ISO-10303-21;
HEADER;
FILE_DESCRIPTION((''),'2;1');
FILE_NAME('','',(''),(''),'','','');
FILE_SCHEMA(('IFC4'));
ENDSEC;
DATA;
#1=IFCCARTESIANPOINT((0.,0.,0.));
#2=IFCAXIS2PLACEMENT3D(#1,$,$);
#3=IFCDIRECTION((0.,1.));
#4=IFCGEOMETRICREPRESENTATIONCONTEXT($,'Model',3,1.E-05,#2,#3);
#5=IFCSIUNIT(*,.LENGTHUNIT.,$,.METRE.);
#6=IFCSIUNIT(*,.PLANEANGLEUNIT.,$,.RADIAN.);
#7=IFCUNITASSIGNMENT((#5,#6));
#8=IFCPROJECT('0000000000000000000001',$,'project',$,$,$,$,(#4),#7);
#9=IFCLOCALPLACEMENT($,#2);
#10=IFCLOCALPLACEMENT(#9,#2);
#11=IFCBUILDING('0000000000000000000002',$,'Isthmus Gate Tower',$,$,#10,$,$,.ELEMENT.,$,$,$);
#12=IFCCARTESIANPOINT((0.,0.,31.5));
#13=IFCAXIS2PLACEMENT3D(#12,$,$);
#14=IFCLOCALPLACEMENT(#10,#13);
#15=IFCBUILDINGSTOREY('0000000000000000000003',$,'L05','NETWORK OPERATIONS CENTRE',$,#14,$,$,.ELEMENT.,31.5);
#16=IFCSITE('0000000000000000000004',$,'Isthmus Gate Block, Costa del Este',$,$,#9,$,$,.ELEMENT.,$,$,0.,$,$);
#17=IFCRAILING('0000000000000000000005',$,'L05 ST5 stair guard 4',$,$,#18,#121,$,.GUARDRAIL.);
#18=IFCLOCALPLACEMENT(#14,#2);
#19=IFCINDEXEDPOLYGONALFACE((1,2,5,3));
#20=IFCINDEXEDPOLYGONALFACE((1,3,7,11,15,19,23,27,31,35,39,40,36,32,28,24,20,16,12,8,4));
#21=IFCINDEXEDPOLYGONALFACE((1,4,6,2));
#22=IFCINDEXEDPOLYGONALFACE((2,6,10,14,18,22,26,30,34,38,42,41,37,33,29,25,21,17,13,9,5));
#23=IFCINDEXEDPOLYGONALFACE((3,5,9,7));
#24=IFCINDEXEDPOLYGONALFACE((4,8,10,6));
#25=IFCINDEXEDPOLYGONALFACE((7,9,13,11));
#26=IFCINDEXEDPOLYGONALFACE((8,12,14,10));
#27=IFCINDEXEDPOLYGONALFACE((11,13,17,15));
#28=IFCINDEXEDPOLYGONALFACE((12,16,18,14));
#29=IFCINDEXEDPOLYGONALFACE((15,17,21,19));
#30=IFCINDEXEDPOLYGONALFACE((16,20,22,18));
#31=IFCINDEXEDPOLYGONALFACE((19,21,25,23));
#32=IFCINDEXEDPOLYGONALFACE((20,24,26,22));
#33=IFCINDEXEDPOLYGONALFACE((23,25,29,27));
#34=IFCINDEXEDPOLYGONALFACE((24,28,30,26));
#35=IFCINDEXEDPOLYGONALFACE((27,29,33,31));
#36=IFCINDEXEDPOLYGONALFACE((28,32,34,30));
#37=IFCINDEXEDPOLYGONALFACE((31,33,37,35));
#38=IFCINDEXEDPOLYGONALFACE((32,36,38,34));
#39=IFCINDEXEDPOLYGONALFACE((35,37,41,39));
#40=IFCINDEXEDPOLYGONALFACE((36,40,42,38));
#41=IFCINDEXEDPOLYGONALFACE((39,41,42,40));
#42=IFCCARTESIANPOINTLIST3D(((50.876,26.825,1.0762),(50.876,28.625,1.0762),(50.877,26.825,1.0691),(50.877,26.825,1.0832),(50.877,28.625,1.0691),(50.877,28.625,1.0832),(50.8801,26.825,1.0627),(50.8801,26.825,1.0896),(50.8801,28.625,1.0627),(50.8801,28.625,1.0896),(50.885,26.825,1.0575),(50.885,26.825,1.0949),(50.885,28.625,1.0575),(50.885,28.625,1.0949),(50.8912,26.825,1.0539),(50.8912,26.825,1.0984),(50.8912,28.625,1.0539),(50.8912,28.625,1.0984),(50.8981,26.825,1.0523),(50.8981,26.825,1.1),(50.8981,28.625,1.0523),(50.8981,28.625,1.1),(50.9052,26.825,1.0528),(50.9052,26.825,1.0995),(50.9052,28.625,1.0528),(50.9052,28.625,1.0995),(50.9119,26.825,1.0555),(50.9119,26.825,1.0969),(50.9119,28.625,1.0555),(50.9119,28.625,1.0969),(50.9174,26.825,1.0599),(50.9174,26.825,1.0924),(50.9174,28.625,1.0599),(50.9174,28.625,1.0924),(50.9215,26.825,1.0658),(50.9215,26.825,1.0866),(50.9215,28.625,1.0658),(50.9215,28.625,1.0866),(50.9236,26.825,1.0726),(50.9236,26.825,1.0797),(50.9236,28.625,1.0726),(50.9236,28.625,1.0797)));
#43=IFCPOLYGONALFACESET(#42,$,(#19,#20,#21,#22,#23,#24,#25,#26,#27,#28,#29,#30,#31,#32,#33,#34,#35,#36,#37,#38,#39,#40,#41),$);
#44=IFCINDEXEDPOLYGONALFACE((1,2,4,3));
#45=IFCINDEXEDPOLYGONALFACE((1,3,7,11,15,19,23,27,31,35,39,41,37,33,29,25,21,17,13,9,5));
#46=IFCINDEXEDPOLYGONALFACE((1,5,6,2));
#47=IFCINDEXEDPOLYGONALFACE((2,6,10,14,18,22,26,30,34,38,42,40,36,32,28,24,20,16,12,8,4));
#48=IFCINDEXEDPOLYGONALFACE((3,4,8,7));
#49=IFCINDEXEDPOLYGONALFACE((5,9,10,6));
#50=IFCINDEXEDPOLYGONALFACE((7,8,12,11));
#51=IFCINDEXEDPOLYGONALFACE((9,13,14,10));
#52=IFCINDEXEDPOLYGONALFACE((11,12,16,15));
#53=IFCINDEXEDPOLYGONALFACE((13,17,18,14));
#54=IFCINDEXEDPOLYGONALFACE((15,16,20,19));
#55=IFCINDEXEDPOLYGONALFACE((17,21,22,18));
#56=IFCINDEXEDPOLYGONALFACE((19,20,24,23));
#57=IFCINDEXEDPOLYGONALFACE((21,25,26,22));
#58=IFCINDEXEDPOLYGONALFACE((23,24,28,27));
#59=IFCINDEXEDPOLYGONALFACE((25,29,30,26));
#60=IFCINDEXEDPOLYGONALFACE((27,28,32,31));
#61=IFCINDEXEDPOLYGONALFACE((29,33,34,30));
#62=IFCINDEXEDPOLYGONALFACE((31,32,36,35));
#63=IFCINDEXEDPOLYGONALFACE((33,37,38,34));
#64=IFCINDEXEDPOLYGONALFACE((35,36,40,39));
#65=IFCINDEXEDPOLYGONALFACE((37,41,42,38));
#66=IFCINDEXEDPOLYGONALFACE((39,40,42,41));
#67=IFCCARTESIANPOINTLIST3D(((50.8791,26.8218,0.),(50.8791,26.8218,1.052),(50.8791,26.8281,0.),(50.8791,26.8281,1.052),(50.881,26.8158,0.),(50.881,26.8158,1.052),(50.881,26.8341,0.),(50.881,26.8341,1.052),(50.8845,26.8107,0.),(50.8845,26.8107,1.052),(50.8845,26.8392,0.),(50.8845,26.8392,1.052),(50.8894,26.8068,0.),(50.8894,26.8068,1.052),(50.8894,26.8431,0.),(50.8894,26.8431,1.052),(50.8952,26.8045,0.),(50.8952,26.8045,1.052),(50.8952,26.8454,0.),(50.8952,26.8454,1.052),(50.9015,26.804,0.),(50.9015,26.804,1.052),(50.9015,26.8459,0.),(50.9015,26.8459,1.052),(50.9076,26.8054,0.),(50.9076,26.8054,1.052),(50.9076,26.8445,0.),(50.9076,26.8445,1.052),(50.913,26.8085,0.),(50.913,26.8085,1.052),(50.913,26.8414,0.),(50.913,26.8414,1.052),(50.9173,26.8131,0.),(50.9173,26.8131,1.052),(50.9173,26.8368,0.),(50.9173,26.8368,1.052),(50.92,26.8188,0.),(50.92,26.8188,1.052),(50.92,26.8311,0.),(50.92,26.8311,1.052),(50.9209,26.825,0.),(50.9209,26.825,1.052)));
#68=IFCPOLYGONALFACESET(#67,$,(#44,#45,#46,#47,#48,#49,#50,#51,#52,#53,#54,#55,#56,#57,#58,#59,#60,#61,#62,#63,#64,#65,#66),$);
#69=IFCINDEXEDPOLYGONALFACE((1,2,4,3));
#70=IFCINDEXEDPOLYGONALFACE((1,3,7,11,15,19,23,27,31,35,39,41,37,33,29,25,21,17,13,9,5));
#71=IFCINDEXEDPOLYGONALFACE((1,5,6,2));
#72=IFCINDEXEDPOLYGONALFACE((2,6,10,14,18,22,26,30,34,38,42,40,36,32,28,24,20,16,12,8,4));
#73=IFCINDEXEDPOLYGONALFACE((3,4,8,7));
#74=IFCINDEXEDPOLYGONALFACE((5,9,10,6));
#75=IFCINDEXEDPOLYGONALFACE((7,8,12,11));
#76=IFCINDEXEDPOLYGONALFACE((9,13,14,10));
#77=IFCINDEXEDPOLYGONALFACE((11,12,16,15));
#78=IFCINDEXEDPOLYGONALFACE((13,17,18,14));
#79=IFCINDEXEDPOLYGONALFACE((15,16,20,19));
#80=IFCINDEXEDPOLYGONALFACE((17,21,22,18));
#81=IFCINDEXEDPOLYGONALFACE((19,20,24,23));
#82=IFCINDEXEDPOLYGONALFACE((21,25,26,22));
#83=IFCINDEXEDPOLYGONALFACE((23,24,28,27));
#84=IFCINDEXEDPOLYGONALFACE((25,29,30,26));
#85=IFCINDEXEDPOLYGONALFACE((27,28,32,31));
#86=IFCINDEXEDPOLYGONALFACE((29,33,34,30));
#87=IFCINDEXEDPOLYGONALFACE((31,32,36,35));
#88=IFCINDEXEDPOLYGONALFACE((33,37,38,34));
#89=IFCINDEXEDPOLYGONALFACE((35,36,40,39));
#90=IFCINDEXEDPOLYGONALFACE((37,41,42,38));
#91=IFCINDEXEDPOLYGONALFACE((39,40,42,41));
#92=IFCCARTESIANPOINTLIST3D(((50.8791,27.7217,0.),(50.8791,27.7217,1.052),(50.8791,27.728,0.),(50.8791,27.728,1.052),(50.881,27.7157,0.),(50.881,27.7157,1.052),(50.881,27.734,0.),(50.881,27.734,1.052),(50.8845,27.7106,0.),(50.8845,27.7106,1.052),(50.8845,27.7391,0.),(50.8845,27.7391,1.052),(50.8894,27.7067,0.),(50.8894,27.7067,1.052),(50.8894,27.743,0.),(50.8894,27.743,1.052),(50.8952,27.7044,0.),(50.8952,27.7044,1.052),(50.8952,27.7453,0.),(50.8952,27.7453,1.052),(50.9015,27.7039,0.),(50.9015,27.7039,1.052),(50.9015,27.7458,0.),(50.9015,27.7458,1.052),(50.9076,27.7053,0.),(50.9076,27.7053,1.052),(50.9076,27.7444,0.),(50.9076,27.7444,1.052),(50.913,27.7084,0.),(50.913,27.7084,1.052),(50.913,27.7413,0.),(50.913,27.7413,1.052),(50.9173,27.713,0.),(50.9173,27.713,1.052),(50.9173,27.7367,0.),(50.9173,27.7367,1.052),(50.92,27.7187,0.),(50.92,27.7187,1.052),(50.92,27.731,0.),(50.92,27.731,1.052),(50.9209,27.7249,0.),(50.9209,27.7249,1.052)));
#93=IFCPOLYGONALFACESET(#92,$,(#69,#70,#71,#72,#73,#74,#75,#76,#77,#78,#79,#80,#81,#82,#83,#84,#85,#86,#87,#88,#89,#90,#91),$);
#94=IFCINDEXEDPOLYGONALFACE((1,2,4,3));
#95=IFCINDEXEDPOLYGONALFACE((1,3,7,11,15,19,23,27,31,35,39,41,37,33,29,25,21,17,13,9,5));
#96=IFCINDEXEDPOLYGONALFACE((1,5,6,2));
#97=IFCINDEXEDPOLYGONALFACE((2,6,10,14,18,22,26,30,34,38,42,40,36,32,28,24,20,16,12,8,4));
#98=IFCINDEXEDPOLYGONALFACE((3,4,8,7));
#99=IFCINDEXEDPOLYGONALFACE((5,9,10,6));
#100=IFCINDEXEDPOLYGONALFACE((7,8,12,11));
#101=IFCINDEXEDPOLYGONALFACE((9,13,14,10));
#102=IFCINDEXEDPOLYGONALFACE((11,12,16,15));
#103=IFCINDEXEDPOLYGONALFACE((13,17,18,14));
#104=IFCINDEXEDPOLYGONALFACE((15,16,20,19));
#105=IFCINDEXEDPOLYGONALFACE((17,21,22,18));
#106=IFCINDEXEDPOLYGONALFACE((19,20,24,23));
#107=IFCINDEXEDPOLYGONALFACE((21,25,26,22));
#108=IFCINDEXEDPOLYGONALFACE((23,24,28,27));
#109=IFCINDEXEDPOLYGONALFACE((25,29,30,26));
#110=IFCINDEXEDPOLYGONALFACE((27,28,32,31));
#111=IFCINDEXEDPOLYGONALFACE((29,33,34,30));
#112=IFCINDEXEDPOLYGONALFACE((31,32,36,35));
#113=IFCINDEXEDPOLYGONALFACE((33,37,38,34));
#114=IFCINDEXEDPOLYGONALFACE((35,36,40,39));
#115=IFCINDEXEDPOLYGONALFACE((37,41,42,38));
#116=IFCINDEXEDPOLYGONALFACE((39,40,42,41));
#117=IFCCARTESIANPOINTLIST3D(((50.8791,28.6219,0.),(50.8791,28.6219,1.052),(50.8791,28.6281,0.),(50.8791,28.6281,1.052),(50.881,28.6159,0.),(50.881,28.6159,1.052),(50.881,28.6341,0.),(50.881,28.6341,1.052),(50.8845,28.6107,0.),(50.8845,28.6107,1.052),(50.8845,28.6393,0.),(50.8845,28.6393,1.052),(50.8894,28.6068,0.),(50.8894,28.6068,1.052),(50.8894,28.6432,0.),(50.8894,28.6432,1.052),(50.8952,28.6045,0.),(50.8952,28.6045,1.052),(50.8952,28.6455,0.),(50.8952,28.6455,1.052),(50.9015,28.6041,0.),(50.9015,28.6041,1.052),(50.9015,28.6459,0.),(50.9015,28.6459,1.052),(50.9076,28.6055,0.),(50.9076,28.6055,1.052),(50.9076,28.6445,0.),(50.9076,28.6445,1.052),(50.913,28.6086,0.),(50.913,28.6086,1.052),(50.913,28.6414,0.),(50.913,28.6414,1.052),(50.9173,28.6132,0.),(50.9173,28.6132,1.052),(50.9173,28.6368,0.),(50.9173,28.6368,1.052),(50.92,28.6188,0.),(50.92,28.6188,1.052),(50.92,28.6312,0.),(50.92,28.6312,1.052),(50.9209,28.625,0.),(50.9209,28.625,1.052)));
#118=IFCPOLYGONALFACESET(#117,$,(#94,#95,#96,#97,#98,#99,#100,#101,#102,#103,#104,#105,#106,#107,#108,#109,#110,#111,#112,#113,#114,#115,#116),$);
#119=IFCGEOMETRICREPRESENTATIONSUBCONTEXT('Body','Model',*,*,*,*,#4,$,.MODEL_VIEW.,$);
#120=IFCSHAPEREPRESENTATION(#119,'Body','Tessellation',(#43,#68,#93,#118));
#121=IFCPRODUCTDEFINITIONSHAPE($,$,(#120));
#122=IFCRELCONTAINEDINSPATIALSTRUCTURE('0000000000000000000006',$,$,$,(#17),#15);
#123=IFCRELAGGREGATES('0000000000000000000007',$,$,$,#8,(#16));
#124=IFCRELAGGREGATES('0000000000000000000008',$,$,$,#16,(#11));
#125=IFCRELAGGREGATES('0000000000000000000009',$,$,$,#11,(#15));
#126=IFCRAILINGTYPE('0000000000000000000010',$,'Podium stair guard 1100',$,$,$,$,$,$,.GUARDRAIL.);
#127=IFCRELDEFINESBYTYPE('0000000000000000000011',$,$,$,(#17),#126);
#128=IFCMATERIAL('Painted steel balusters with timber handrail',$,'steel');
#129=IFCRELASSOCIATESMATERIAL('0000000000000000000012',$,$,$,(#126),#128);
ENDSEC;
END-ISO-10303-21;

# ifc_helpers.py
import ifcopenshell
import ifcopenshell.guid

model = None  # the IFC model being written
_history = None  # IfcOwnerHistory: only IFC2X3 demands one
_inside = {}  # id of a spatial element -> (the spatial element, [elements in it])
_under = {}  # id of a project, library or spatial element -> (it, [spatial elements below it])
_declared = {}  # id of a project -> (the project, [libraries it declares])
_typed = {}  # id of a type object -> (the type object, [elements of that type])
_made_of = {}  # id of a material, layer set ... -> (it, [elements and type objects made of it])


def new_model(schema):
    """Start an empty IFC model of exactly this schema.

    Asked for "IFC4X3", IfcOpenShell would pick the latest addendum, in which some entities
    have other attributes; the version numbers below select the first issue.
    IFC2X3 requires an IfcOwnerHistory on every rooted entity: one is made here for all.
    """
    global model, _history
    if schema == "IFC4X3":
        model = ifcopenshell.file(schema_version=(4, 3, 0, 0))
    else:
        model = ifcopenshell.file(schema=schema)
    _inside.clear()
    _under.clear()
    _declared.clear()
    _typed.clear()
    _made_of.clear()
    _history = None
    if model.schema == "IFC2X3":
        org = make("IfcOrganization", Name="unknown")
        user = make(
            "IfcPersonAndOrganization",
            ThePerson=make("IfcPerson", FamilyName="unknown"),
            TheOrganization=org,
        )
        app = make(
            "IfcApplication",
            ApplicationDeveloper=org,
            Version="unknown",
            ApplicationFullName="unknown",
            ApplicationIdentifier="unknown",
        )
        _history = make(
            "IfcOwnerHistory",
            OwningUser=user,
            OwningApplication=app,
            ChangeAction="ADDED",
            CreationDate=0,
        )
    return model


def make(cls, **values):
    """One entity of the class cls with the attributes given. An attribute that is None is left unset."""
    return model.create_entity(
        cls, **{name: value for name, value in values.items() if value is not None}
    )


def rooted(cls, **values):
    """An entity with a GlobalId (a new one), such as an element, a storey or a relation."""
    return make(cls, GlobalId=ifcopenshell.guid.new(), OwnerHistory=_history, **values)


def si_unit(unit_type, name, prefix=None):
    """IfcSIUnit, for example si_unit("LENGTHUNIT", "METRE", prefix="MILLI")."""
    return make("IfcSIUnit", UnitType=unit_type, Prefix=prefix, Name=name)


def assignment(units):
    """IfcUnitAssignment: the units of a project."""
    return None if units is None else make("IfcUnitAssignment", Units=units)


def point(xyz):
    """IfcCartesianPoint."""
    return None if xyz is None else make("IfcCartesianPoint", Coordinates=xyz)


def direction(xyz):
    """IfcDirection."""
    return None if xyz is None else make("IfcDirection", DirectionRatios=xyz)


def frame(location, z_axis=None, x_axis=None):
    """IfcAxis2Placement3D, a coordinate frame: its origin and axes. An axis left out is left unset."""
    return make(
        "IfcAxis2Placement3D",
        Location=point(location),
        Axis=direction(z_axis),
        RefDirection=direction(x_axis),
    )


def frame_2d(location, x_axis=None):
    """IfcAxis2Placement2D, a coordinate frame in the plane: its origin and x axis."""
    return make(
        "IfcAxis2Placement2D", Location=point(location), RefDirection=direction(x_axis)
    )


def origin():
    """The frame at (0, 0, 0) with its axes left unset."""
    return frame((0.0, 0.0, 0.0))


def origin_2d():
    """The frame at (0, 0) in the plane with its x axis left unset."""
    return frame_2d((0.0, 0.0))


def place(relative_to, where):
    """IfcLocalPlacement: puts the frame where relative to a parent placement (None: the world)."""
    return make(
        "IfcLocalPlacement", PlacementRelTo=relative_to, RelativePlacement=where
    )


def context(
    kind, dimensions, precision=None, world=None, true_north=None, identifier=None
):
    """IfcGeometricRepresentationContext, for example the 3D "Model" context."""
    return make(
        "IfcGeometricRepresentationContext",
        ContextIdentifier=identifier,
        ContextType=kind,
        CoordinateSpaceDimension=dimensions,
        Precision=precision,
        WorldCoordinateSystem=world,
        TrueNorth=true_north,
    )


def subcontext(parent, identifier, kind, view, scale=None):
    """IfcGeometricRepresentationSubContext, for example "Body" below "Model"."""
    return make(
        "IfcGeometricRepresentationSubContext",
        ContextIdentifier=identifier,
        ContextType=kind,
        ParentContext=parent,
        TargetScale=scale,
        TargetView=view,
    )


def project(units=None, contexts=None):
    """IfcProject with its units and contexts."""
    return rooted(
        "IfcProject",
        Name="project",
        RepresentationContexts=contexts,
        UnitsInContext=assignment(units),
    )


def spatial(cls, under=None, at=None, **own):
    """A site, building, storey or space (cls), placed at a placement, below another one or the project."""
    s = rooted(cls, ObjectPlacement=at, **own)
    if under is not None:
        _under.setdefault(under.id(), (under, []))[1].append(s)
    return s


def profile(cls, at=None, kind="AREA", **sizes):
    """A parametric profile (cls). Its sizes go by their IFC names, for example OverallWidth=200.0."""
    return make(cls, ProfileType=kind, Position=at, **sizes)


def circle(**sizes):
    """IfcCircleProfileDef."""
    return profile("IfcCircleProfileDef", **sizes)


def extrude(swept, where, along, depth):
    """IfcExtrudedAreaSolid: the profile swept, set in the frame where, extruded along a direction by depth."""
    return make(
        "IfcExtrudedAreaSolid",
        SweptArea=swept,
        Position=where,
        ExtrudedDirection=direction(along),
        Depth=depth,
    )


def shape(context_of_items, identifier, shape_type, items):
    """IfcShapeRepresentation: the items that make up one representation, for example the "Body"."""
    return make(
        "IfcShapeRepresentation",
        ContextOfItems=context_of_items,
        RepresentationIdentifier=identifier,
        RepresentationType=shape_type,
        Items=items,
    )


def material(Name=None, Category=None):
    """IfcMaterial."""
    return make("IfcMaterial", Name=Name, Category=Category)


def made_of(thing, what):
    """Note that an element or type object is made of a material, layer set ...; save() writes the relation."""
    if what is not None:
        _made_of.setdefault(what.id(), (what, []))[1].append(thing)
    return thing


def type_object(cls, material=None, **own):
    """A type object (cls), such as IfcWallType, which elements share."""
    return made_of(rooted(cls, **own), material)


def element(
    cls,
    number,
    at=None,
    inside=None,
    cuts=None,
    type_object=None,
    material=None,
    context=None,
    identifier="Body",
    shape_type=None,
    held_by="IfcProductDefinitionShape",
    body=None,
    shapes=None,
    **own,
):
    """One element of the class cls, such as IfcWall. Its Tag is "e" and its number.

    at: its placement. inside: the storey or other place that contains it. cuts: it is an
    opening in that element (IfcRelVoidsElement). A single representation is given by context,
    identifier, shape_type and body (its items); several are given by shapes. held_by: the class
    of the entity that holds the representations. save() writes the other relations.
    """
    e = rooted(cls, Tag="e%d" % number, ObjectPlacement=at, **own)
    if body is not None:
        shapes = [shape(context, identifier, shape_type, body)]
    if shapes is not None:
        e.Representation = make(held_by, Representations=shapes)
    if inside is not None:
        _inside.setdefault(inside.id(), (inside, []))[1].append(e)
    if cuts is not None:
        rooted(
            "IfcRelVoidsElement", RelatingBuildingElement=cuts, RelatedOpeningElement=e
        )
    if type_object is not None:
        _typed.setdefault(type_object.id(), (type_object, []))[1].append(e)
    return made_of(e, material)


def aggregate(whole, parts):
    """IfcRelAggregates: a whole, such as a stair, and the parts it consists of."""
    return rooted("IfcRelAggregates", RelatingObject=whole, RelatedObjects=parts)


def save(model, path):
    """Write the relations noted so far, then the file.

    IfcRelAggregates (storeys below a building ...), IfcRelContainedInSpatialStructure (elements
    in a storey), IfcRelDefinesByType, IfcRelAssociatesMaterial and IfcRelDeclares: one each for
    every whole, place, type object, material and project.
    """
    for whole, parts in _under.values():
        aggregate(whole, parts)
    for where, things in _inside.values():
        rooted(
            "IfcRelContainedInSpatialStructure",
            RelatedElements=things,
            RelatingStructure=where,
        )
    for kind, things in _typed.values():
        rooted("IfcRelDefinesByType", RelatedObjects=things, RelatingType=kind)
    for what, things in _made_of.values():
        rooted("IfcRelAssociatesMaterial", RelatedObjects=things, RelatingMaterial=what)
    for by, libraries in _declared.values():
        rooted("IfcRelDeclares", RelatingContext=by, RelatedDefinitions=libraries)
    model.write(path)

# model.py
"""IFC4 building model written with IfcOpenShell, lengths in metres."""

from ifc_helpers import new_model, si_unit, direction, frame, origin, origin_2d, place, context, subcontext, project, spatial, circle, extrude, material, type_object, element, save


model = new_model("IFC4")

# Units and contexts
model_context = context("Model", 3, precision=1e-05, world=origin(), true_north=direction((0.0, 1.0)))
body_context = subcontext(model_context, "Body", "Model", "MODEL_VIEW")
ifc_project = project(units=[si_unit("LENGTHUNIT", "METRE"), si_unit("PLANEANGLEUNIT", "RADIAN")], contexts=[model_context])

# Site, building, storey
site_placement = place(None, origin())
site = spatial("IfcSite", under=ifc_project, at=site_placement, Name="Isthmus Gate Block, Costa del Este", CompositionType="ELEMENT", RefElevation=0.0)
building_placement = place(site_placement, origin())
building = spatial("IfcBuilding", under=site, at=building_placement, Name="Isthmus Gate Tower", CompositionType="ELEMENT")
storey_placement = place(building_placement, frame((0.0, 0.0, 31.5)))
storey = spatial("IfcBuildingStorey", under=building, at=storey_placement, Name="L05", Description="NETWORK OPERATIONS CENTRE", CompositionType="ELEMENT", Elevation=31.5)

# Railing
ifc_material_1 = material(Name="Painted steel balusters with timber handrail", Category="steel")
railing_type_1 = type_object("IfcRailingType", Name="Podium stair guard 1100", PredefinedType="GUARDRAIL", material=ifc_material_1)
railing_1_placement = place(storey_placement, frame((50.8999, 26.825, 0.0)))
element("IfcRailing", 1, at=railing_1_placement, inside=storey, type_object=railing_type_1, Name="L05 ST5 stair guard 4", PredefinedType="GUARDRAIL", context=body_context, shape_type="SweptSolid", body=[
    extrude(circle(Radius=0.0239, at=origin_2d()), frame((0.0, 0.0, 1.0762), z_axis=(0.0, 1.0, 0.0), x_axis=(-1.0, 0.0, 0.0)), (0.0, 0.0, 1.0), 1.8),
    extrude(circle(Radius=0.021, at=origin_2d()), origin(), (0.0, 0.0, 1.0), 1.052),
    extrude(circle(Radius=0.021, at=origin_2d()), frame((0.0, 0.8999, 0.0)), (0.0, 0.0, 1.0), 1.052),
    extrude(circle(Radius=0.021, at=origin_2d()), frame((0.0, 1.8, 0.0)), (0.0, 0.0, 1.0), 1.052),
])

save(model, "model.ifc")
